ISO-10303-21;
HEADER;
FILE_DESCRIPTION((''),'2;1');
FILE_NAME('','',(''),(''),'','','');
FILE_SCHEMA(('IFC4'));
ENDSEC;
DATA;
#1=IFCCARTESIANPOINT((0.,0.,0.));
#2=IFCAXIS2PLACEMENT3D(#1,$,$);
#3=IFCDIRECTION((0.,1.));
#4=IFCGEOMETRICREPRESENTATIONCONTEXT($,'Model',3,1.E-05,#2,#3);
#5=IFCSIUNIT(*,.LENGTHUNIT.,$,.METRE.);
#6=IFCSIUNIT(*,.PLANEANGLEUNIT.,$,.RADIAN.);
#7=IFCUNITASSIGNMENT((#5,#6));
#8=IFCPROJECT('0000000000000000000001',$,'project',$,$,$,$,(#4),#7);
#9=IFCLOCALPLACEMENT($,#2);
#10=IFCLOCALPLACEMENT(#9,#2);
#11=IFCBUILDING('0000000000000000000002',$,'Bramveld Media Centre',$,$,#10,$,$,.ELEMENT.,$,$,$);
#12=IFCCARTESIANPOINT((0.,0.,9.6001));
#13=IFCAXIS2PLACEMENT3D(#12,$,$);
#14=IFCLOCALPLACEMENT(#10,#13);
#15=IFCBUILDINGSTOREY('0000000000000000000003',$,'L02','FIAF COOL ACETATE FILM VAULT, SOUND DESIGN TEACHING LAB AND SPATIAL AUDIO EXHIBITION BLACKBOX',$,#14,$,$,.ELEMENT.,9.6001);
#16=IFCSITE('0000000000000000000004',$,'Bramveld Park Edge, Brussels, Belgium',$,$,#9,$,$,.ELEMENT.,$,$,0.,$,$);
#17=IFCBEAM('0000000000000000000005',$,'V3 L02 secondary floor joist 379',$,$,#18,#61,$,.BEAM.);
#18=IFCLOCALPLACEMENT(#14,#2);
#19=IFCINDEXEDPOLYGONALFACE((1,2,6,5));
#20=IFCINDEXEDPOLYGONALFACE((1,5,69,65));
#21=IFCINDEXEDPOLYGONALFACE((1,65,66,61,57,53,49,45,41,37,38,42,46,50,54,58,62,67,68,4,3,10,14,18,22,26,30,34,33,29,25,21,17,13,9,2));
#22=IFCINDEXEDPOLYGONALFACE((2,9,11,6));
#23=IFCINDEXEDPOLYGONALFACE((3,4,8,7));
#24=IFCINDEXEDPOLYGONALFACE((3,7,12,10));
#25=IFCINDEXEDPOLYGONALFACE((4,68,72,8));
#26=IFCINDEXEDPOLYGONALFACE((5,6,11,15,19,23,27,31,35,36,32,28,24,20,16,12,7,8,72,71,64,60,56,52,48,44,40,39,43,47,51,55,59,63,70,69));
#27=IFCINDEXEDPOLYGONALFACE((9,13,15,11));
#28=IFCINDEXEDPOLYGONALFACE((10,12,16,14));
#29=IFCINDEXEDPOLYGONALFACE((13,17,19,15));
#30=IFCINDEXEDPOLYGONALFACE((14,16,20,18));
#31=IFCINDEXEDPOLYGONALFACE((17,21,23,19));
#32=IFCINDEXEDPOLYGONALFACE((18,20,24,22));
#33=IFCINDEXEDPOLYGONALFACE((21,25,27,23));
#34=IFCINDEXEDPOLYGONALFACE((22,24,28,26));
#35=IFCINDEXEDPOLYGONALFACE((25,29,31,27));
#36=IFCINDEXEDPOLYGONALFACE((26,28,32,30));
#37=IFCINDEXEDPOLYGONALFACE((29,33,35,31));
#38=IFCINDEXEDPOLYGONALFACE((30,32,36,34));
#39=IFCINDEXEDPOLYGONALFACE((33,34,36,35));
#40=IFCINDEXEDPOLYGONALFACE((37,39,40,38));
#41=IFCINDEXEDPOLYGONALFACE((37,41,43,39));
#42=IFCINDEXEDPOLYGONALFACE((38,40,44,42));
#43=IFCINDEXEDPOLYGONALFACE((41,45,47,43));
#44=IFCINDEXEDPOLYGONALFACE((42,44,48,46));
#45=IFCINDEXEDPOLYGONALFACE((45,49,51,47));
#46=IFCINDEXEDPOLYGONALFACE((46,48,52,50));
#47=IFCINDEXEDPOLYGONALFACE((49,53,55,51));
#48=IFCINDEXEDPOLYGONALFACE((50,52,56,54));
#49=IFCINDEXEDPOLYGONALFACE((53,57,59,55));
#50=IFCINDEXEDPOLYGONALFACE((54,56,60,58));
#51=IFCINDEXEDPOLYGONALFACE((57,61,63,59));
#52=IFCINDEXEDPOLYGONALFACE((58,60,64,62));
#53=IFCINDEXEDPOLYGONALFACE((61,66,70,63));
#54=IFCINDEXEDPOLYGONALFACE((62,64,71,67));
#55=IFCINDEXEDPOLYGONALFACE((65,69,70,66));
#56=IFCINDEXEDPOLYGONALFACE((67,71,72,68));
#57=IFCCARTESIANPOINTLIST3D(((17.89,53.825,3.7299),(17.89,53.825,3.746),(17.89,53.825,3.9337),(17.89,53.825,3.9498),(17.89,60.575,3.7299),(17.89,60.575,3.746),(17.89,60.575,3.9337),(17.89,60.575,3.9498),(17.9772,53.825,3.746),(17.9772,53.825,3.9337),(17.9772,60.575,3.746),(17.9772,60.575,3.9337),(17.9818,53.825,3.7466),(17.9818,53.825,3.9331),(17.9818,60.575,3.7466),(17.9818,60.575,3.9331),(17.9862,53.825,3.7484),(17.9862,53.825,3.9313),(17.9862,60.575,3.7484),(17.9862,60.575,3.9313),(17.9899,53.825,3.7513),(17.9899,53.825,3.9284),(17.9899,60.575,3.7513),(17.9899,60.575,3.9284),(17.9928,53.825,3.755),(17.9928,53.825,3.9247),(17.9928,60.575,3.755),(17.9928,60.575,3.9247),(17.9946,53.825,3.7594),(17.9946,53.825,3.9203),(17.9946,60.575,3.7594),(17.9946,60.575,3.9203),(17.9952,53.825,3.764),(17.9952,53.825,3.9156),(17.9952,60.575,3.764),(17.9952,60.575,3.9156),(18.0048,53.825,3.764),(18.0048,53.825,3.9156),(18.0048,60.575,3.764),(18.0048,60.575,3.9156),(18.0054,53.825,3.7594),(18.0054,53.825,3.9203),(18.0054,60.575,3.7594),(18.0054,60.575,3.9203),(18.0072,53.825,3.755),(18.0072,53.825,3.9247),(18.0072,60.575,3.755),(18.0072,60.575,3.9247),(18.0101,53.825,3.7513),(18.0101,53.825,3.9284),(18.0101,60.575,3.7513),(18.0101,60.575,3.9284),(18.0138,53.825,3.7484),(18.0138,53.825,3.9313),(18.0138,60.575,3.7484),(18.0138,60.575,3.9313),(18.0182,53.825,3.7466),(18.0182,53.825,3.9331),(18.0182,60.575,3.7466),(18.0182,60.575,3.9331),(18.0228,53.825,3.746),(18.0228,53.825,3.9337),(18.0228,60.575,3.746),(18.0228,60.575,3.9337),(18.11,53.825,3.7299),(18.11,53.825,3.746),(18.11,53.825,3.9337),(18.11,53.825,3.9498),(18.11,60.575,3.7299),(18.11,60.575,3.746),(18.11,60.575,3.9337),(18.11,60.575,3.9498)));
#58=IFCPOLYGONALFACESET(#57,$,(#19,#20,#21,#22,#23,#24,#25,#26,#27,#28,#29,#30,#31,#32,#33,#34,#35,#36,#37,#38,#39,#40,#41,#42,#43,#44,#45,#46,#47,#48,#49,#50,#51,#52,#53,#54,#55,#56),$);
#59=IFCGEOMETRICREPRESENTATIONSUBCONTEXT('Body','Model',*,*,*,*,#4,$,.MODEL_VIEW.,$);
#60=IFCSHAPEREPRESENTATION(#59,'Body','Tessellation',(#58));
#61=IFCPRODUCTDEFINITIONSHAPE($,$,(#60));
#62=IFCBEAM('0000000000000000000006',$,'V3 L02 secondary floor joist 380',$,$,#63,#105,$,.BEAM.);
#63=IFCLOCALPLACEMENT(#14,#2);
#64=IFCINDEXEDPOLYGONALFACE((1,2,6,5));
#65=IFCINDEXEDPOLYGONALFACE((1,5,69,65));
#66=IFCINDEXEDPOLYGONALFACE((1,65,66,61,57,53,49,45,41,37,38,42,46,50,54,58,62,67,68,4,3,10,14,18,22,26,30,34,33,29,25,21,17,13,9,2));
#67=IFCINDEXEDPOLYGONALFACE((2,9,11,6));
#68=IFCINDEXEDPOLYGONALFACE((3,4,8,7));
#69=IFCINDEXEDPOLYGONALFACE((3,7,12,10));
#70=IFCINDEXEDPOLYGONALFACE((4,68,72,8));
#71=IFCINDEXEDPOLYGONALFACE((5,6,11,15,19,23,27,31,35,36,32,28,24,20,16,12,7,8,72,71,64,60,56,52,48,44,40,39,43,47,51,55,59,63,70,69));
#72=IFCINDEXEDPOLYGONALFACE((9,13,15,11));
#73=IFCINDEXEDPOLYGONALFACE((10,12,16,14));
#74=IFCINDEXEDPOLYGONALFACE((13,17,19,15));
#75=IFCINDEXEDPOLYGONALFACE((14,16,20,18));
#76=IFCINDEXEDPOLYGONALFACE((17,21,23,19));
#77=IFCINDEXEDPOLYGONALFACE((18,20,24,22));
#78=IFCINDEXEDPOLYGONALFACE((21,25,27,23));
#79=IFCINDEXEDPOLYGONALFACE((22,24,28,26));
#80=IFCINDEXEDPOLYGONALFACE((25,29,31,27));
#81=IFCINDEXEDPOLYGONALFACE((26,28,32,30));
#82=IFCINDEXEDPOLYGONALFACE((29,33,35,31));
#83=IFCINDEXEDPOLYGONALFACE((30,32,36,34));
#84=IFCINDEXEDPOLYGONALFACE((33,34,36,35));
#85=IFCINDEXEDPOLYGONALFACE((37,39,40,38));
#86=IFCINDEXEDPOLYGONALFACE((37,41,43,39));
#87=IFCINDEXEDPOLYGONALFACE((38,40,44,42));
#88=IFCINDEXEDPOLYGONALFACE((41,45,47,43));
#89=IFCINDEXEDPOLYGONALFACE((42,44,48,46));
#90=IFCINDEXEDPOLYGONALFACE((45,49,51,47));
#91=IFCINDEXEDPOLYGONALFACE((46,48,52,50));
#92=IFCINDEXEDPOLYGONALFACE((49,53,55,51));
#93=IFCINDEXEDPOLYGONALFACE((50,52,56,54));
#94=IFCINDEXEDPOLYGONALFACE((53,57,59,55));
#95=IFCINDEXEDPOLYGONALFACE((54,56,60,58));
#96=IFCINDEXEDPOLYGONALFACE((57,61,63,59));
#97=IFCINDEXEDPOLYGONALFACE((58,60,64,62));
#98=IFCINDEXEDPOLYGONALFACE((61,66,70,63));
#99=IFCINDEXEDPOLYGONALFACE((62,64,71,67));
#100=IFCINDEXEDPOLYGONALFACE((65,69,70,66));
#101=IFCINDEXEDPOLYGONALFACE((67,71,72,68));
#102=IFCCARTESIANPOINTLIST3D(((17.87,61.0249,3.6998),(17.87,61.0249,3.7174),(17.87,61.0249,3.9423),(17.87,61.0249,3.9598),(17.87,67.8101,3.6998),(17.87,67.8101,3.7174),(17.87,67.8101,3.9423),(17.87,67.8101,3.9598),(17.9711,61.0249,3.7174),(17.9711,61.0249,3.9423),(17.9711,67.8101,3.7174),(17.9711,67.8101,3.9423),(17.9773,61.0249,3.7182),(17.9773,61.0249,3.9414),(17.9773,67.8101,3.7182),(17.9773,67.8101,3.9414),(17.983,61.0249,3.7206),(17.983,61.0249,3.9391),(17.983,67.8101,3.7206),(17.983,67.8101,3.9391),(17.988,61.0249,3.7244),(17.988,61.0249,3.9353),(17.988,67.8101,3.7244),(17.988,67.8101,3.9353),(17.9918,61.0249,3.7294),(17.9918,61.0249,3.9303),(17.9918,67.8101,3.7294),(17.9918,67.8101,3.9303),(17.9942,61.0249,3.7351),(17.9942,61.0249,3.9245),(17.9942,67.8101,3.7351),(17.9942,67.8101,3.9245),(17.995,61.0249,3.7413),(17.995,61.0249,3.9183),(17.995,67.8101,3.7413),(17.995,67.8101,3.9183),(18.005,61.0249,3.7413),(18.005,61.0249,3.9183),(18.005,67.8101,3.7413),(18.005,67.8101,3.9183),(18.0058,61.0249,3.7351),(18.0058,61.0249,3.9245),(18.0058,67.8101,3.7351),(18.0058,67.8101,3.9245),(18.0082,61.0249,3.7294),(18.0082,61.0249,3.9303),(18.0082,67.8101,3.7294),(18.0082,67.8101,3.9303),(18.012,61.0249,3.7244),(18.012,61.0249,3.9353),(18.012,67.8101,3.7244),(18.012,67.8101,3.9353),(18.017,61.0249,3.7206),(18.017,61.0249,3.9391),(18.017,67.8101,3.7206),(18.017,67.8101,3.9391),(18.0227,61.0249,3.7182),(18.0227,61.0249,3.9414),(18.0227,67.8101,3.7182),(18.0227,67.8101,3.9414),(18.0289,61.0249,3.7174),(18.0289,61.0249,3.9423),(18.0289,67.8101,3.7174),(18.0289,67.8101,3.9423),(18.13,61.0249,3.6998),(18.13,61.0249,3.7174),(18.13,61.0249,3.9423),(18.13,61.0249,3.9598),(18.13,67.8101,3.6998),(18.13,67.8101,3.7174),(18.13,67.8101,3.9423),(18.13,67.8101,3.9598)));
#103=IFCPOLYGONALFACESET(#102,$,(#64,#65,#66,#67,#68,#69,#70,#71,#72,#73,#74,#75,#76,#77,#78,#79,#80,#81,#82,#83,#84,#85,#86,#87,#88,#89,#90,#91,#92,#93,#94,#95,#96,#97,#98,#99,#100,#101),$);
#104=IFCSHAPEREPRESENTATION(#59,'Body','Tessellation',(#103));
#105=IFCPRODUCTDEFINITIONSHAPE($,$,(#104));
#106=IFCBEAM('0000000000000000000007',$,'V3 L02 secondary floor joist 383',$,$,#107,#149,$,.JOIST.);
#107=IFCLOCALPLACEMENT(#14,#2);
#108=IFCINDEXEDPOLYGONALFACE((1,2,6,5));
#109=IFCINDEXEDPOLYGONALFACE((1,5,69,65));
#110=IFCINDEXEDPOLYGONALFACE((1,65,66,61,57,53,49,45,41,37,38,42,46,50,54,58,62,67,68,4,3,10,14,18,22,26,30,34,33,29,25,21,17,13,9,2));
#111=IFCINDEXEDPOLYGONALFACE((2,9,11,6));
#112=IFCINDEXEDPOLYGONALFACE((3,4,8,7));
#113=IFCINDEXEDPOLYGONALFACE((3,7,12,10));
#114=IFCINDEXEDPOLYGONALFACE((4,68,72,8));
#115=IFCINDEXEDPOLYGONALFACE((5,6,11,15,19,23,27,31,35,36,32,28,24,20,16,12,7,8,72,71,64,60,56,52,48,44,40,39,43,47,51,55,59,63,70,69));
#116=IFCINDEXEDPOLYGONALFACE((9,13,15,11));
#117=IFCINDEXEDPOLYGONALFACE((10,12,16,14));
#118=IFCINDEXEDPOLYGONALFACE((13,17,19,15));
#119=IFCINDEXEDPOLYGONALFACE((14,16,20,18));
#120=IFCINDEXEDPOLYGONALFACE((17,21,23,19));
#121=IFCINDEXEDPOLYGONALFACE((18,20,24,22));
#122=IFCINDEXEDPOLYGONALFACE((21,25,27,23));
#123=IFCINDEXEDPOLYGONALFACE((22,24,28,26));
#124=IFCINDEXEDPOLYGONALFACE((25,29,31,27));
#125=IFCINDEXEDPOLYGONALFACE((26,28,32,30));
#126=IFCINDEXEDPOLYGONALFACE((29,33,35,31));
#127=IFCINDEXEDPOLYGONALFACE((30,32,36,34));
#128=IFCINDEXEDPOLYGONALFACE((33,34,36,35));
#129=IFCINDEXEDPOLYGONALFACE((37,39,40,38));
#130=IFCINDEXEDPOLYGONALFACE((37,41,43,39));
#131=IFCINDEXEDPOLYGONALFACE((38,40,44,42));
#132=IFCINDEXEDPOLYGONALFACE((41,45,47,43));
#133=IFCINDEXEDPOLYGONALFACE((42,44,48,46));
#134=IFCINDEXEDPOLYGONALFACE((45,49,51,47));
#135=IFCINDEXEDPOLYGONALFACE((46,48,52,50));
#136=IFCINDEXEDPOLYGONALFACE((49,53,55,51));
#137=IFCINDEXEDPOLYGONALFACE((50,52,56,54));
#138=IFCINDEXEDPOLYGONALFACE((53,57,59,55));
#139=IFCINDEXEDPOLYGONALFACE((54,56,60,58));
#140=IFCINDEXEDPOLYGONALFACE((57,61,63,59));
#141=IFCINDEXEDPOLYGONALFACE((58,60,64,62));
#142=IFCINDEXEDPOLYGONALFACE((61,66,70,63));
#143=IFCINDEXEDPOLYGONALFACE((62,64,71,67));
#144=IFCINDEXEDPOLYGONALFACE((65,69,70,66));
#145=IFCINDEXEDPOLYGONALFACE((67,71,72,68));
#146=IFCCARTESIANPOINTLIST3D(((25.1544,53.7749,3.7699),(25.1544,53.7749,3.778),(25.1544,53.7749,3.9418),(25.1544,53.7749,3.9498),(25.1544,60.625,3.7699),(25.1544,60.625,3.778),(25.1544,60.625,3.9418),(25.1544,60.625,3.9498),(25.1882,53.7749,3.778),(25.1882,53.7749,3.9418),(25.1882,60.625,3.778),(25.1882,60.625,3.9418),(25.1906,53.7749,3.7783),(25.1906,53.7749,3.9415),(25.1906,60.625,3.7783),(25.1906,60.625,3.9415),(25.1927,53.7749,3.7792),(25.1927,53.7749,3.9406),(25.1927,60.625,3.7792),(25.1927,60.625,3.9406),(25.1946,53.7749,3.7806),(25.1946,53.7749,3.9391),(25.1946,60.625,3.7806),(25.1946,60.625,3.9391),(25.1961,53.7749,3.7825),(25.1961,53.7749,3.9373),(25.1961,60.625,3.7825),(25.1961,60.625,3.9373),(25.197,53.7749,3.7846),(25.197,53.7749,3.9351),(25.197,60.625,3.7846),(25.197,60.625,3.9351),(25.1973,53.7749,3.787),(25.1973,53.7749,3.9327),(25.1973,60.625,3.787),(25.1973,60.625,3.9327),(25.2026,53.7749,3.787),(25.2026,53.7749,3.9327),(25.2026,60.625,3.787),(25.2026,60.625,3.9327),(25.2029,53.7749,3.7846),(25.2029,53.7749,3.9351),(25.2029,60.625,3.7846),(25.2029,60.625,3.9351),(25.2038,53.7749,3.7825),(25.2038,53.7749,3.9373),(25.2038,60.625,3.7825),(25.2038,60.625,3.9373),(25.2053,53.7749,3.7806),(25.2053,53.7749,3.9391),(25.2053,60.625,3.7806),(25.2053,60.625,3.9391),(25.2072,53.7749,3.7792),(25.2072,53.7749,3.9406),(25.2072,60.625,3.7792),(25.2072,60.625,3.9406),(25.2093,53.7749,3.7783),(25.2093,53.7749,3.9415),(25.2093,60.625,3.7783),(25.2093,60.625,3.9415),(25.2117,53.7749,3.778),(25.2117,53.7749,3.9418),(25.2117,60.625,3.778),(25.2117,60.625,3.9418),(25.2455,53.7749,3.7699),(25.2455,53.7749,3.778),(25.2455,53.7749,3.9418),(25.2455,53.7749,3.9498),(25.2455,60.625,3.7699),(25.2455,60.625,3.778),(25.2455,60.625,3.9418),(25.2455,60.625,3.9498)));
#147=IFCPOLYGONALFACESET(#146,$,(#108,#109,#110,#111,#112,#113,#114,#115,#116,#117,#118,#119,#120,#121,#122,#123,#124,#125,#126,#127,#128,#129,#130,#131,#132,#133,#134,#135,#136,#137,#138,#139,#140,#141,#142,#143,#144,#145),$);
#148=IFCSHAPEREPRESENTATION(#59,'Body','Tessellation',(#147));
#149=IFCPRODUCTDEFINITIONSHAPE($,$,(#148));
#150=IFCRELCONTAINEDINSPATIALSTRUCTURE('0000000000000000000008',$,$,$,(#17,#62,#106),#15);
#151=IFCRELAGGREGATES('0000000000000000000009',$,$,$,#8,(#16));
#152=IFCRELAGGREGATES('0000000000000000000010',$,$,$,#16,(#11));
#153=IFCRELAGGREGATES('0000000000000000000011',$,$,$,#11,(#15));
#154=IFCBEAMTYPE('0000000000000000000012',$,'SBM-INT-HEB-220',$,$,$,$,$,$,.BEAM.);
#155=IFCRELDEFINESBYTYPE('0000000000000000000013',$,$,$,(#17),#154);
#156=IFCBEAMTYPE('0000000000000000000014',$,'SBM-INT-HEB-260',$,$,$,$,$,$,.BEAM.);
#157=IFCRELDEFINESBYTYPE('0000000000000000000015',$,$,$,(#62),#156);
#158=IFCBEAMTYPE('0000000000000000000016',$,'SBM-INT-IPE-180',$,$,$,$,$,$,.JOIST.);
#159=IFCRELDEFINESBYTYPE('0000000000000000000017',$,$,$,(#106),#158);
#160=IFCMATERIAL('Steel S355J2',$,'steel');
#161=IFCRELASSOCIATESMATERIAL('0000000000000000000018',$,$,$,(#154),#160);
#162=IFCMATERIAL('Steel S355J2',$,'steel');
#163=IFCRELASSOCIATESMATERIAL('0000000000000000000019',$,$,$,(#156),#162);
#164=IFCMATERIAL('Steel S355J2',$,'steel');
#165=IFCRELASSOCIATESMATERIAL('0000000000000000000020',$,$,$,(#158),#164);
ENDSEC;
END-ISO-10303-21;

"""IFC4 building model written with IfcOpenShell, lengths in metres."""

from ifc_helpers import new_model, si_unit, direction, frame, origin, origin_2d, place, context, subcontext, project, spatial, i_section, extrude, material, material_profile, profile_set, type_object, element, save


model = new_model("IFC4")

# Units and contexts
model_context = context("Model", 3, precision=1e-05, world=origin(), true_north=direction((0.0, 1.0)))
body_context = subcontext(model_context, "Body", "Model", "MODEL_VIEW")
ifc_project = project(units=[si_unit("LENGTHUNIT", "METRE"), si_unit("PLANEANGLEUNIT", "RADIAN")], contexts=[model_context])

# Site, building, storey
site_placement = place(None, origin())
site = spatial("IfcSite", under=ifc_project, at=site_placement, Name="Bramveld Park Edge, Brussels, Belgium", CompositionType="ELEMENT", RefElevation=0.0)
building_placement = place(site_placement, origin())
building = spatial("IfcBuilding", under=site, at=building_placement, Name="Bramveld Media Centre", CompositionType="ELEMENT")
storey_placement = place(building_placement, frame((0.0, 0.0, 9.6001)))
storey = spatial("IfcBuildingStorey", under=building, at=storey_placement, Name="L02", Description="FIAF COOL ACETATE FILM VAULT, SOUND DESIGN TEACHING LAB AND SPATIAL AUDIO EXHIBITION BLACKBOX", CompositionType="ELEMENT", Elevation=9.6001)

# Beams
ifc_material_1 = material(Name="Steel S355J2", Category="steel")
ifc_material_profile_1 = material_profile(ifc_material_1, i_section(OverallWidth=0.22, OverallDepth=0.22, WebThickness=0.0095, FlangeThickness=0.0161, FilletRadius=0.0181, at=origin_2d()), Name="HEB 220")
ifc_profile_set_1 = profile_set([ifc_material_profile_1], Name="Steel S355J2")
beam_type_1 = type_object("IfcBeamType", Name="SBM-INT-HEB-220", PredefinedType="BEAM", material=ifc_profile_set_1)
beam_1_placement = place(storey_placement, frame((18.0, 53.825, 3.8398), z_axis=(0.0, 1.0, 0.0), x_axis=(-1.0, 0.0, 0.0)))
element("IfcBeam", 1, at=beam_1_placement, inside=storey, type_object=beam_type_1, Name="V3 L02 secondary floor joist 379", PredefinedType="BEAM", context=body_context, shape_type="SweptSolid", body=[
    extrude(i_section(OverallWidth=0.22, OverallDepth=0.22, WebThickness=0.0095, FlangeThickness=0.0161, FilletRadius=0.0181, at=origin_2d()), origin(), (0.0, 0.0, 1.0), 6.75),
])
ifc_material_2 = material(Name="Steel S355J2", Category="steel")
ifc_material_profile_2 = material_profile(ifc_material_2, i_section(OverallWidth=0.26, OverallDepth=0.26, WebThickness=0.01, FlangeThickness=0.0176, FilletRadius=0.0239, at=origin_2d()), Name="HEB 260")
ifc_profile_set_2 = profile_set([ifc_material_profile_2], Name="Steel S355J2")
beam_type_2 = type_object("IfcBeamType", Name="SBM-INT-HEB-260", PredefinedType="BEAM", material=ifc_profile_set_2)
beam_2_placement = place(storey_placement, frame((18.0, 61.0249, 3.8298), z_axis=(0.0, 1.0, 0.0), x_axis=(-1.0, 0.0, 0.0)))
element("IfcBeam", 2, at=beam_2_placement, inside=storey, type_object=beam_type_2, Name="V3 L02 secondary floor joist 380", PredefinedType="BEAM", context=body_context, shape_type="SweptSolid", body=[
    extrude(i_section(OverallWidth=0.26, OverallDepth=0.26, WebThickness=0.01, FlangeThickness=0.0176, FilletRadius=0.0239, at=origin_2d()), origin(), (0.0, 0.0, 1.0), 6.7852),
])
ifc_material_3 = material(Name="Steel S355J2", Category="steel")
ifc_material_profile_3 = material_profile(ifc_material_3, i_section(OverallWidth=0.0911, OverallDepth=0.1799, WebThickness=0.0054, FlangeThickness=0.0081, FilletRadius=0.009, at=origin_2d()), Name="IPE 180")
ifc_profile_set_3 = profile_set([ifc_material_profile_3], Name="Steel S355J2")
beam_type_3 = type_object("IfcBeamType", Name="SBM-INT-IPE-180", PredefinedType="JOIST", material=ifc_profile_set_3)
beam_3_placement = place(storey_placement, frame((25.2, 53.7749, 3.8599), z_axis=(0.0, 1.0, 0.0), x_axis=(-1.0, 0.0, 0.0)))
element("IfcBeam", 3, at=beam_3_placement, inside=storey, type_object=beam_type_3, Name="V3 L02 secondary floor joist 383", PredefinedType="JOIST", context=body_context, shape_type="SweptSolid", body=[
    extrude(i_section(OverallWidth=0.0911, OverallDepth=0.1799, WebThickness=0.0054, FlangeThickness=0.0081, FilletRadius=0.009, at=origin_2d()), origin(), (0.0, 0.0, 1.0), 6.8501),
])

save(model, "model.ifc")
